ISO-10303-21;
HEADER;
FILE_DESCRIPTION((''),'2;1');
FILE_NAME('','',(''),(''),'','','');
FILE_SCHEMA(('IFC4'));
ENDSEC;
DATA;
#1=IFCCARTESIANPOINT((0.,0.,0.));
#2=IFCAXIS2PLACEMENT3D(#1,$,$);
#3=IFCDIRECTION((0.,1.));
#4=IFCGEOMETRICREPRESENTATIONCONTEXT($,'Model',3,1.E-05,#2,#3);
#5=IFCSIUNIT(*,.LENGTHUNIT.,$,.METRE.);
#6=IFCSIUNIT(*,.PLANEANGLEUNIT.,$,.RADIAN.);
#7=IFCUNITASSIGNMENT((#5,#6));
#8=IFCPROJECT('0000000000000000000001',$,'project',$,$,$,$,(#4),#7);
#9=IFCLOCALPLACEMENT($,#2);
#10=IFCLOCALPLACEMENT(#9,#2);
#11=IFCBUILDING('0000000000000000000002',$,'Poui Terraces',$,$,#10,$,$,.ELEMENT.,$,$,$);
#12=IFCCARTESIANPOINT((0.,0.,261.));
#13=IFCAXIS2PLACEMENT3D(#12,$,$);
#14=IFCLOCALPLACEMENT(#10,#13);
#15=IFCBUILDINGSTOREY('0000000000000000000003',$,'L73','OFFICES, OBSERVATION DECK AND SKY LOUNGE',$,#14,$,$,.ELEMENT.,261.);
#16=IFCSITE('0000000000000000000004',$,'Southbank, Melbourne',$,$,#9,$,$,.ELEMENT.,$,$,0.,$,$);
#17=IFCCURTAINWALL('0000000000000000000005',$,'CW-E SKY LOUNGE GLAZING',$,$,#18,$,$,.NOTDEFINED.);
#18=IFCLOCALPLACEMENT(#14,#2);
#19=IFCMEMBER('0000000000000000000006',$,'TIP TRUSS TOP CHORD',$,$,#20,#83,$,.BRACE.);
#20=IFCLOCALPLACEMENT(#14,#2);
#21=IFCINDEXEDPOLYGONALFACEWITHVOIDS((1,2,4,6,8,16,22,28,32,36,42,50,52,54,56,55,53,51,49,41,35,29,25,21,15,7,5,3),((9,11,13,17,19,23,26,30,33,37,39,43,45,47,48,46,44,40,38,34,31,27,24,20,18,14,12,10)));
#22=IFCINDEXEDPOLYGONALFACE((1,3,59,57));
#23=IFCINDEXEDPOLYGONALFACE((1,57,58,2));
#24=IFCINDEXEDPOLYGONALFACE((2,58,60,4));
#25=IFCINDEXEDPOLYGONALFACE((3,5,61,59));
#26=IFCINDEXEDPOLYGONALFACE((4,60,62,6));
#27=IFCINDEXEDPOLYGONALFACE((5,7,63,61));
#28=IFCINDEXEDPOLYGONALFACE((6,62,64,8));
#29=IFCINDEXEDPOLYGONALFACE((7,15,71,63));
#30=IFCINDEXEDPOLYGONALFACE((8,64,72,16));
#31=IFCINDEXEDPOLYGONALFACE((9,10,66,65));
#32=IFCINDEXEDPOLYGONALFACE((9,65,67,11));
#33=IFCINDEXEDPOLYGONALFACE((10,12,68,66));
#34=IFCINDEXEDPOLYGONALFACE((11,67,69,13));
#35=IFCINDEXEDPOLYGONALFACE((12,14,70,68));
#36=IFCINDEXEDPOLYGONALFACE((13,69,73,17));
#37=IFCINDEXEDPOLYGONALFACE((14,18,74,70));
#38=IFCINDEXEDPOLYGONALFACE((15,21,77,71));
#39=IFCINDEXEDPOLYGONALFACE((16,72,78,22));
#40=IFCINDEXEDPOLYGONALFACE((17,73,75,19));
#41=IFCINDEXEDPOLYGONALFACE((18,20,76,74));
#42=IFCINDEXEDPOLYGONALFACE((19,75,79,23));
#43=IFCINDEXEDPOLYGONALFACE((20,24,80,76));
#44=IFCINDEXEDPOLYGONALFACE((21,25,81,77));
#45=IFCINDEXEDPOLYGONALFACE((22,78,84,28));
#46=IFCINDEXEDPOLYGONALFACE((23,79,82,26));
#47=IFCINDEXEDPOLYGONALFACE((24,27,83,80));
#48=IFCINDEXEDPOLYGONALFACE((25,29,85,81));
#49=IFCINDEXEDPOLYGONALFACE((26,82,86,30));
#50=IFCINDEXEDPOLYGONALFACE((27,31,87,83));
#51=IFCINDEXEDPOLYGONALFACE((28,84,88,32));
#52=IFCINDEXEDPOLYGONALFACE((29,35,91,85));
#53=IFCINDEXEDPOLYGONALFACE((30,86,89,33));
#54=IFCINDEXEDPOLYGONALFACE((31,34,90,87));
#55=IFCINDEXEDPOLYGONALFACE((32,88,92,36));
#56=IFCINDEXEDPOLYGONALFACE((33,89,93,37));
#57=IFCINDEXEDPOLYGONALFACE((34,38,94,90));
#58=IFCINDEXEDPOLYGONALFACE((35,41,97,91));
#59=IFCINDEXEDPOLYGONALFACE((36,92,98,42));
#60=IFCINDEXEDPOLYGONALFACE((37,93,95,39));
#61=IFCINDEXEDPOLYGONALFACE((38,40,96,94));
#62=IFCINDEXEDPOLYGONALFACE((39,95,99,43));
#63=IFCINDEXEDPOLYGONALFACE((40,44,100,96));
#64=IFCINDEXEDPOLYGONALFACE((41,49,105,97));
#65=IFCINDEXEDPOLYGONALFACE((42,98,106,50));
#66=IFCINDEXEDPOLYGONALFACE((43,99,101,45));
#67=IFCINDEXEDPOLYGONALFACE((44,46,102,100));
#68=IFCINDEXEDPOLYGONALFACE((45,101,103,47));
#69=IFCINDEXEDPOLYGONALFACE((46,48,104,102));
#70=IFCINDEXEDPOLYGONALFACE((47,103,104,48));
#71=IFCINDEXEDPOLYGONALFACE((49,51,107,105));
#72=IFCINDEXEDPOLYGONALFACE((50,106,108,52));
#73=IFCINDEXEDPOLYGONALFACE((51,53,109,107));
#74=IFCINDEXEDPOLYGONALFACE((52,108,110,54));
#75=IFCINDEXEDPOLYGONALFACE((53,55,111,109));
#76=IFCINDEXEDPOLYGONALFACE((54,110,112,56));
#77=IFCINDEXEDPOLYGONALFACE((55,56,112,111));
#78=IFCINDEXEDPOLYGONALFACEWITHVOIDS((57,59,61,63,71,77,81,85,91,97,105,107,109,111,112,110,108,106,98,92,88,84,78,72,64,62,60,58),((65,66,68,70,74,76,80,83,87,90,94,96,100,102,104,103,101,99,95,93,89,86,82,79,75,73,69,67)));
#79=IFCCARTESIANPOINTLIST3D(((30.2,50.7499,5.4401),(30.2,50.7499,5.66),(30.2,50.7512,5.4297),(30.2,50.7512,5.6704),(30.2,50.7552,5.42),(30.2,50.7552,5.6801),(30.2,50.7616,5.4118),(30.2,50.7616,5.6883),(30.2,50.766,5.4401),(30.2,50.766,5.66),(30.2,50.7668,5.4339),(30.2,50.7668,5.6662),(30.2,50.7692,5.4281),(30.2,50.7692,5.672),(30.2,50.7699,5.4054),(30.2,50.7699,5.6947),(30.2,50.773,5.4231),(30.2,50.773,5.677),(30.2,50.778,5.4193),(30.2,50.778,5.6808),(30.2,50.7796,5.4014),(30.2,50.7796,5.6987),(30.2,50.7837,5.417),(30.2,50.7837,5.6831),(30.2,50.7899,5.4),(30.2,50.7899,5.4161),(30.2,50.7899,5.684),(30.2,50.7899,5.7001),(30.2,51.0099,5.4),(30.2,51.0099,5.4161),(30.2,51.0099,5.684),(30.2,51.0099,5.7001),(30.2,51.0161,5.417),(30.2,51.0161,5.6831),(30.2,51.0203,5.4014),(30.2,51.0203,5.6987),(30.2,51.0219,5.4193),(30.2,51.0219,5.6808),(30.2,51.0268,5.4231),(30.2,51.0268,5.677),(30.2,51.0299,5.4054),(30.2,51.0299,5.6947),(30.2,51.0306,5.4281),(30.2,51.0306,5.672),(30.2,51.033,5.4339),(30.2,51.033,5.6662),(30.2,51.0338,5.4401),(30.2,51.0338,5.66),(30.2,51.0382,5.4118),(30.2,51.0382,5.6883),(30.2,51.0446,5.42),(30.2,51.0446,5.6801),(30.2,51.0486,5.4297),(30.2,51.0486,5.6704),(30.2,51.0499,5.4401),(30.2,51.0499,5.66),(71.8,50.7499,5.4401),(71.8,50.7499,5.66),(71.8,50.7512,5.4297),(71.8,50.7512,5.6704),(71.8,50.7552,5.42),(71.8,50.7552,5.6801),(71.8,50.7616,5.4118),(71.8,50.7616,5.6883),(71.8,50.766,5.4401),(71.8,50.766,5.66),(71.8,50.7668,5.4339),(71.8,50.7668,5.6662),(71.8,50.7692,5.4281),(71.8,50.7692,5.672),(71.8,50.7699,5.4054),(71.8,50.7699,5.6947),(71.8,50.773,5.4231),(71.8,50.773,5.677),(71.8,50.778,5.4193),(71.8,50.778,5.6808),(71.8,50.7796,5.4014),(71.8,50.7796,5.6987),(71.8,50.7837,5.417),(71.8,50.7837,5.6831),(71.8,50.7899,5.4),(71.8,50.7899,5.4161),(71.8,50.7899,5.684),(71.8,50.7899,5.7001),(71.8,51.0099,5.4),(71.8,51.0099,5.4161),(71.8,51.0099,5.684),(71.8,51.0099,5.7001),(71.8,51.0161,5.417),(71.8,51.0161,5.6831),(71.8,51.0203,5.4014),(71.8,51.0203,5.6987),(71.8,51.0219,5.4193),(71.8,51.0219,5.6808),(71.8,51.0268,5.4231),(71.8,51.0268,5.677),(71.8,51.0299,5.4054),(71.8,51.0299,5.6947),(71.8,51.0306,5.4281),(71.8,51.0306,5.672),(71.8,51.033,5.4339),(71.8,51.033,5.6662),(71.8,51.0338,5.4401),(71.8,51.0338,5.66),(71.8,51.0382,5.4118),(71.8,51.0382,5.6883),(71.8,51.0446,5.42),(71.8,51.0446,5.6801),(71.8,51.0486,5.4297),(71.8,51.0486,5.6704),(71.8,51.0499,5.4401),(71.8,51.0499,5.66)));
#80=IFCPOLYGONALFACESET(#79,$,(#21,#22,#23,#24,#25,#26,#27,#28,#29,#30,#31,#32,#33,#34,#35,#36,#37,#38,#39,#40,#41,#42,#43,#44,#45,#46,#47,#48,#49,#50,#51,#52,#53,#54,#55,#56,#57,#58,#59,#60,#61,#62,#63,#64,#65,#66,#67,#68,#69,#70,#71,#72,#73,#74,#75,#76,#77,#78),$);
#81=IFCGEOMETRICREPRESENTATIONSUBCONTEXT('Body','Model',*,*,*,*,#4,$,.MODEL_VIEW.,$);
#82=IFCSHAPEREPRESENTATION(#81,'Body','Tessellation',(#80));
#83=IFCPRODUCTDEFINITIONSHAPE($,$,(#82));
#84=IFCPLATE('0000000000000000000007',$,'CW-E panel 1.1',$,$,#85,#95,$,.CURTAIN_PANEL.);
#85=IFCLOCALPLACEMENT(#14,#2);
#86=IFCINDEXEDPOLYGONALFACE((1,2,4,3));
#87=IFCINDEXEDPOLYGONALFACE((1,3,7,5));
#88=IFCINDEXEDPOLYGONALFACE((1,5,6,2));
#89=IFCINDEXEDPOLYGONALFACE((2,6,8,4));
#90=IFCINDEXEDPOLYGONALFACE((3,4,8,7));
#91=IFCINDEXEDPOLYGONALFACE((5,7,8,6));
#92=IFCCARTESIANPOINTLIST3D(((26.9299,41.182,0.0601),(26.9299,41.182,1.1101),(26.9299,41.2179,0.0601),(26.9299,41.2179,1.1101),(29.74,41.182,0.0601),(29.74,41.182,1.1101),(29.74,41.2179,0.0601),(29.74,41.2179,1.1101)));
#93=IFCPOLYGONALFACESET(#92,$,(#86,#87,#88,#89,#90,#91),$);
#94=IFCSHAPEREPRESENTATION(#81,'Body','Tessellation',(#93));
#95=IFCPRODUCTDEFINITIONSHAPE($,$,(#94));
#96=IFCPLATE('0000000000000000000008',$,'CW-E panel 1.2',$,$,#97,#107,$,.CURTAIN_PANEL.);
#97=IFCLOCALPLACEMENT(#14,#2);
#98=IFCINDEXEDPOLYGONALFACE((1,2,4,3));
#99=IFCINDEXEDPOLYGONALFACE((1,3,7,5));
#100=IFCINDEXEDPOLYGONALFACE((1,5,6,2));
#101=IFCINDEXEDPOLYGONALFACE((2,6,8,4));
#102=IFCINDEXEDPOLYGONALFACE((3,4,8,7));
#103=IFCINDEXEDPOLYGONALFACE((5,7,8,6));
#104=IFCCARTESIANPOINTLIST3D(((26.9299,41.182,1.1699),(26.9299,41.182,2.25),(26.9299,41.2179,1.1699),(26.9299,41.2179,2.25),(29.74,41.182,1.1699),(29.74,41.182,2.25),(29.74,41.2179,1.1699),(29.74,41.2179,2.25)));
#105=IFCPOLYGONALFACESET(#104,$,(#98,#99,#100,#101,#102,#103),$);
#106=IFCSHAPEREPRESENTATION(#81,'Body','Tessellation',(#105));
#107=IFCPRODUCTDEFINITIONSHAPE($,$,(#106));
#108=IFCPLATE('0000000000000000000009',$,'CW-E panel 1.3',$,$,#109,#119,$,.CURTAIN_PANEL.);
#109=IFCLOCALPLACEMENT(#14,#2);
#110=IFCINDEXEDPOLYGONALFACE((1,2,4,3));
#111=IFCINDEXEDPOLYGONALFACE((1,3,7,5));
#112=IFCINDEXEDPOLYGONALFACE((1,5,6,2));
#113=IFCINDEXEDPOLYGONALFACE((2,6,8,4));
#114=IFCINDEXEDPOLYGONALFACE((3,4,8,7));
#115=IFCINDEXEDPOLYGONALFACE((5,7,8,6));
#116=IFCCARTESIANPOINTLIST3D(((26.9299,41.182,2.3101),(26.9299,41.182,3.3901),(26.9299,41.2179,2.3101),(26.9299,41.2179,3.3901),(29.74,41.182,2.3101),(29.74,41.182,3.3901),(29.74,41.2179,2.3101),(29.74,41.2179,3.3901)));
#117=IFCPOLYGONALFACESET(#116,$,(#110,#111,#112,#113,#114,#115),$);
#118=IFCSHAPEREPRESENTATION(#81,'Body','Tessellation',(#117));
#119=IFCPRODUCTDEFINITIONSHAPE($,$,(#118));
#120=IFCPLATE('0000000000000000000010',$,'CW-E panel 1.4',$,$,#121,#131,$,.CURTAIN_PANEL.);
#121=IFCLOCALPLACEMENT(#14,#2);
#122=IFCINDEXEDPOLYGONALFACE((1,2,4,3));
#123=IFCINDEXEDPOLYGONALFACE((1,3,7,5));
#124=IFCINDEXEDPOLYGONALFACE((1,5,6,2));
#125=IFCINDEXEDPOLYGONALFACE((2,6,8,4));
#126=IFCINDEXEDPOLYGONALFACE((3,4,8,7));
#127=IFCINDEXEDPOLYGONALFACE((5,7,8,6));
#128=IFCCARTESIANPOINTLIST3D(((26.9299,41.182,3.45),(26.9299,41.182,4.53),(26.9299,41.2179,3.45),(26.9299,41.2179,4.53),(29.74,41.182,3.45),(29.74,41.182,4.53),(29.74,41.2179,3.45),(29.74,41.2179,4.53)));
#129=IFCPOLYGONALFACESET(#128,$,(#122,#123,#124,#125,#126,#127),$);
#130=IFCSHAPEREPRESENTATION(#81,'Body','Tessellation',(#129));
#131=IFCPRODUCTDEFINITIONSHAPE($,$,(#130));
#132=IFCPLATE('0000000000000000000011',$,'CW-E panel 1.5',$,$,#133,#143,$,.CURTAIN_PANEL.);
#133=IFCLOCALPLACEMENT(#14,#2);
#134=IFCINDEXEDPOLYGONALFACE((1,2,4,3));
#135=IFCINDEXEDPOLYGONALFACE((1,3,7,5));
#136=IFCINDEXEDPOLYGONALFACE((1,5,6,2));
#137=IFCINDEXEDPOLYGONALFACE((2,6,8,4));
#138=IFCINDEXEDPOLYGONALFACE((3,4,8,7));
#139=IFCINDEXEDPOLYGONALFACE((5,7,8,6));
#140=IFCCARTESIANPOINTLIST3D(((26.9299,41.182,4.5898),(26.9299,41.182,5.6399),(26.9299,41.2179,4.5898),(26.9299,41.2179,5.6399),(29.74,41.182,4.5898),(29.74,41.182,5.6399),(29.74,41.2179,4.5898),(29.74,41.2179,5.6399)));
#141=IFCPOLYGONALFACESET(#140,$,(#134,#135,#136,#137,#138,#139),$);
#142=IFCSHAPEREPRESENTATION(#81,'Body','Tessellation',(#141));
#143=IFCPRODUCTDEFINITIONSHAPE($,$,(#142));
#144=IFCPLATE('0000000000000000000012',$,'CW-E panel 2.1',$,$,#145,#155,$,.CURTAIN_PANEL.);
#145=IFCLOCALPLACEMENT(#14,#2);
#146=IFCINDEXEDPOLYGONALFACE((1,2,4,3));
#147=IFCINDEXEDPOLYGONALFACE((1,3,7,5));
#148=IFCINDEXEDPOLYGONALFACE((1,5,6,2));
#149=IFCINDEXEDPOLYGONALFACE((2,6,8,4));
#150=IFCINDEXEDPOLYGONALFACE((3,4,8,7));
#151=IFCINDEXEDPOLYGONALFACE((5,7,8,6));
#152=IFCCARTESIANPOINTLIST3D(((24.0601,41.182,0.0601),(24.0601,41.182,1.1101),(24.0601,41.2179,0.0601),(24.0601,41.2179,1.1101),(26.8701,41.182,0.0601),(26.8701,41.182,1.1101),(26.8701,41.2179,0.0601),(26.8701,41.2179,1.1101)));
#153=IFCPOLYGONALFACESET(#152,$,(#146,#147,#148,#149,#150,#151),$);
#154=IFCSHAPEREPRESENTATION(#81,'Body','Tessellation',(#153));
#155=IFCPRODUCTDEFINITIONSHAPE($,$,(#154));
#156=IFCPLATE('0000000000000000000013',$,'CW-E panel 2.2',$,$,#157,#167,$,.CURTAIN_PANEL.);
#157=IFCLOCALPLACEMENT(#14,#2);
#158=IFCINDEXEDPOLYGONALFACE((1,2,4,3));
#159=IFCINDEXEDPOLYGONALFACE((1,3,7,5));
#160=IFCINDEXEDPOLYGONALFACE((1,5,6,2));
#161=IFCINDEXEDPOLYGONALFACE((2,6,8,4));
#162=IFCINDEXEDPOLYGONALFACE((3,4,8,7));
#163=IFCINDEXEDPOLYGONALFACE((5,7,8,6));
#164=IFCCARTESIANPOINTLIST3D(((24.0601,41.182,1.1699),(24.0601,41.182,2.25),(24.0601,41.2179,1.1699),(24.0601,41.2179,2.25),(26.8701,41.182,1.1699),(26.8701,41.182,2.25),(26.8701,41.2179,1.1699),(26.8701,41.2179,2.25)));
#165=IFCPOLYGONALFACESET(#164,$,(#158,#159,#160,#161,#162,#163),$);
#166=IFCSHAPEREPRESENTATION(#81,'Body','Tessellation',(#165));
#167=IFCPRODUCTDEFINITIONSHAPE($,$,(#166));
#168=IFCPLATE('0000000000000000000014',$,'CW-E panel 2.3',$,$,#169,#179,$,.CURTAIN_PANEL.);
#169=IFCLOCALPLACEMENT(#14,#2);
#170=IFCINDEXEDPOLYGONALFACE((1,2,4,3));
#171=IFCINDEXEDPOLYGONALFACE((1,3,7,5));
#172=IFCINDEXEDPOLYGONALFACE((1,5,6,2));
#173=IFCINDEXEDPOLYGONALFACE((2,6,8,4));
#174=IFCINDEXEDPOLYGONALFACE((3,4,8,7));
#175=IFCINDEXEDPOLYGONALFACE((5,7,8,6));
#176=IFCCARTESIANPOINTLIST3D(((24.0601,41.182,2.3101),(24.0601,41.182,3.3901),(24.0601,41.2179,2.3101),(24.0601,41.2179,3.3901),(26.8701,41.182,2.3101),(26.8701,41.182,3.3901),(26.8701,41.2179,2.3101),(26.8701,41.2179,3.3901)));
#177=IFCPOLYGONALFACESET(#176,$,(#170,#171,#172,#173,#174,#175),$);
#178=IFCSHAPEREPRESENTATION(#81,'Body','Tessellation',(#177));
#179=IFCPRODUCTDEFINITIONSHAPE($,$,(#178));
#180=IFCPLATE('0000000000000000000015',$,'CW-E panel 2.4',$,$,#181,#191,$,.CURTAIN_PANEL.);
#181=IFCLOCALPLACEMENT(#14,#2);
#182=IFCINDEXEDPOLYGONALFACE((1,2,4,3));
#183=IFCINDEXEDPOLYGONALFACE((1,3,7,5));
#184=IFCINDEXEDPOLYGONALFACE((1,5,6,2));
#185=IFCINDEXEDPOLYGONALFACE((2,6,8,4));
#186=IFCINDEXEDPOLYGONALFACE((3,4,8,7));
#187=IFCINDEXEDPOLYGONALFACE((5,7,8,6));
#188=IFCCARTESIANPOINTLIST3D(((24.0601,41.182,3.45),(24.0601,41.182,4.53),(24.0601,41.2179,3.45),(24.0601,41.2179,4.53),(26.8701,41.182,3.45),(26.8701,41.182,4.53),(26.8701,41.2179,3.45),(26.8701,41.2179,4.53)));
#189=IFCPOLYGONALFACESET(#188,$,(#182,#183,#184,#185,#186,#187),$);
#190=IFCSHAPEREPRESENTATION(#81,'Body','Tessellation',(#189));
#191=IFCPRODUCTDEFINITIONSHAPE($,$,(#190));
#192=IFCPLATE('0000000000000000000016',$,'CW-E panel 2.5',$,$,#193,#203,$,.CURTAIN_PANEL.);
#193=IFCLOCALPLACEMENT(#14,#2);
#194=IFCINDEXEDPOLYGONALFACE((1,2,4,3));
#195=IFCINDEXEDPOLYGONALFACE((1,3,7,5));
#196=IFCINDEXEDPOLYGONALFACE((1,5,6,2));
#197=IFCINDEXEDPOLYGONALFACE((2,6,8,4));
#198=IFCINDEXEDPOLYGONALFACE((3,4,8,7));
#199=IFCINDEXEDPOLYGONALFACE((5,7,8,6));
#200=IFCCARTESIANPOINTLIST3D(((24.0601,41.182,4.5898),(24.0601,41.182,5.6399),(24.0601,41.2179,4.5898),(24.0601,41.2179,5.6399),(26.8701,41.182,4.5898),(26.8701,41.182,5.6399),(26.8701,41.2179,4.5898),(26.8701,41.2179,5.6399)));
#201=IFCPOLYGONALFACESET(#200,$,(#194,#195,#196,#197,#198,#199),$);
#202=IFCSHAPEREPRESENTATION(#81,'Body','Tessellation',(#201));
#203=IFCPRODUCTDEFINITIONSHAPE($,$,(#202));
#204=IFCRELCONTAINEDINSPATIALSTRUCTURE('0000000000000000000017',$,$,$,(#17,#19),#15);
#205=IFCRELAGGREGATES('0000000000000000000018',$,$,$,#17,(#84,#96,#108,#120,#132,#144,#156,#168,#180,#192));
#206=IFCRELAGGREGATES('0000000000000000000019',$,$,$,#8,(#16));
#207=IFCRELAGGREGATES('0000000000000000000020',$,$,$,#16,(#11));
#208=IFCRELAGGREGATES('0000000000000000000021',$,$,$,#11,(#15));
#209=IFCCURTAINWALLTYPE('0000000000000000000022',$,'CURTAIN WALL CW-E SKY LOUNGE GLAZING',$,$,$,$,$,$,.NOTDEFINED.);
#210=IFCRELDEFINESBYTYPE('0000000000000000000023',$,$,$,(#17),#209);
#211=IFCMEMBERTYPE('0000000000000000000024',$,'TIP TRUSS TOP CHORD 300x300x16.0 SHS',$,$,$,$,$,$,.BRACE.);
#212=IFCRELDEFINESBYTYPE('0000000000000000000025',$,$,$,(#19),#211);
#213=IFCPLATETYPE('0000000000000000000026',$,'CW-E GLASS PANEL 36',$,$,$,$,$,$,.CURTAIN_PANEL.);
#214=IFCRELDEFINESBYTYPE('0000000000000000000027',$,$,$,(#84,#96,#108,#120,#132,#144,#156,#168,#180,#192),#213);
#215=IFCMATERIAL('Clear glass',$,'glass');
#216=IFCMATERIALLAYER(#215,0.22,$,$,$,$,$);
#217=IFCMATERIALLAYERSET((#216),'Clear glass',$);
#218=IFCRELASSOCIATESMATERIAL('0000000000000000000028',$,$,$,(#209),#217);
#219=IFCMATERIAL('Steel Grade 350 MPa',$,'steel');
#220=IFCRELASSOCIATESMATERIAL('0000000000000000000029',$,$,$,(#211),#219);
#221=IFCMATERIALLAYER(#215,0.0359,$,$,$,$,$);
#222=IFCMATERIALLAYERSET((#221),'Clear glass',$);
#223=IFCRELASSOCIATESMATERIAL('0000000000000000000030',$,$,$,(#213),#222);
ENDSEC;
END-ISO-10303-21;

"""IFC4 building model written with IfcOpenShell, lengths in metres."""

from ifc_helpers import new_model, si_unit, direction, frame, origin, origin_2d, place, context, subcontext, project, spatial, rectangle, hollow_rectangle, extrude, material, layer, layer_set, material_profile, profile_set, type_object, element, aggregate, save


model = new_model("IFC4")

# Units and contexts
model_context = context("Model", 3, precision=1e-05, world=origin(), true_north=direction((0.0, 1.0)))
body_context = subcontext(model_context, "Body", "Model", "MODEL_VIEW")
ifc_project = project(units=[si_unit("LENGTHUNIT", "METRE"), si_unit("PLANEANGLEUNIT", "RADIAN")], contexts=[model_context])

# Site, building, storey
site_placement = place(None, origin())
site = spatial("IfcSite", under=ifc_project, at=site_placement, Name="Southbank, Melbourne", CompositionType="ELEMENT", RefElevation=0.0)
building_placement = place(site_placement, origin())
building = spatial("IfcBuilding", under=site, at=building_placement, Name="Poui Terraces", CompositionType="ELEMENT")
storey_placement = place(building_placement, frame((0.0, 0.0, 261.0)))
storey = spatial("IfcBuildingStorey", under=building, at=storey_placement, Name="L73", Description="OFFICES, OBSERVATION DECK AND SKY LOUNGE", CompositionType="ELEMENT", Elevation=261.0)

# Curtain wall
ifc_material_1 = material(Name="Clear glass", Category="glass")
ifc_layer_1 = layer(ifc_material_1, 0.22)
ifc_layer_set_1 = layer_set([ifc_layer_1], Name="Clear glass")
curtain_wall_type = type_object("IfcCurtainWallType", Name="CURTAIN WALL CW-E SKY LOUNGE GLAZING", PredefinedType="NOTDEFINED", material=ifc_layer_set_1)
curtain_wall_placement = place(storey_placement, origin())
curtain_wall = element("IfcCurtainWall", 1, at=curtain_wall_placement, inside=storey, type_object=curtain_wall_type, Name="CW-E SKY LOUNGE GLAZING", PredefinedType="NOTDEFINED")

# Member
ifc_material_2 = material(Name="Steel Grade 350 MPa", Category="steel")
ifc_material_profile_1 = material_profile(ifc_material_2, hollow_rectangle(XDim=0.3, YDim=0.3, WallThickness=0.0161, InnerFilletRadius=0.0239, OuterFilletRadius=0.04, at=origin_2d()), Name="300x300x16.0 SHS")
ifc_profile_set_1 = profile_set([ifc_material_profile_1], Name="Steel Grade 350 MPa")
member_type_1 = type_object("IfcMemberType", Name="TIP TRUSS TOP CHORD 300x300x16.0 SHS", PredefinedType="BRACE", material=ifc_profile_set_1)
member_1_placement = place(storey_placement, frame((30.2, 50.8999, 5.55), z_axis=(1.0, 0.0, 0.0), x_axis=(0.0, 1.0, 0.0)))
element("IfcMember", 2, at=member_1_placement, inside=storey, type_object=member_type_1, Name="TIP TRUSS TOP CHORD", PredefinedType="BRACE", context=body_context, shape_type="SweptSolid", body=[
    extrude(hollow_rectangle(XDim=0.3, YDim=0.3, WallThickness=0.0161, InnerFilletRadius=0.0239, OuterFilletRadius=0.04, at=origin_2d()), origin(), (0.0, 0.0, 1.0), 41.6001),
])

# Plates
ifc_layer_2 = layer(ifc_material_1, 0.0359)
ifc_layer_set_2 = layer_set([ifc_layer_2], Name="Clear glass")
plate_type_1 = type_object("IfcPlateType", Name="CW-E GLASS PANEL 36", PredefinedType="CURTAIN_PANEL", material=ifc_layer_set_2)
plate_1_placement = place(storey_placement, frame((28.335, 41.2, 0.0601), z_axis=(0.0, 0.0, 1.0), x_axis=(-1.0, 0.0, 0.0)))
plate_1 = element("IfcPlate", 3, at=plate_1_placement, type_object=plate_type_1, Name="CW-E panel 1.1", PredefinedType="CURTAIN_PANEL", context=body_context, shape_type="SweptSolid", body=[
    extrude(rectangle(XDim=2.8101, YDim=0.0359, at=origin_2d()), origin(), (0.0, 0.0, 1.0), 1.05),
])
plate_2_placement = place(storey_placement, frame((28.335, 41.2, 1.1699), z_axis=(0.0, 0.0, 1.0), x_axis=(-1.0, 0.0, 0.0)))
plate_2 = element("IfcPlate", 4, at=plate_2_placement, type_object=plate_type_1, Name="CW-E panel 1.2", PredefinedType="CURTAIN_PANEL", context=body_context, shape_type="SweptSolid", body=[
    extrude(rectangle(XDim=2.8101, YDim=0.0359, at=origin_2d()), origin(), (0.0, 0.0, 1.0), 1.0801),
])
plate_3_placement = place(storey_placement, frame((28.335, 41.2, 2.3101), z_axis=(0.0, 0.0, 1.0), x_axis=(-1.0, 0.0, 0.0)))
plate_3 = element("IfcPlate", 5, at=plate_3_placement, type_object=plate_type_1, Name="CW-E panel 1.3", PredefinedType="CURTAIN_PANEL", context=body_context, shape_type="SweptSolid", body=[
    extrude(rectangle(XDim=2.8101, YDim=0.0359, at=origin_2d()), origin(), (0.0, 0.0, 1.0), 1.0801),
])
plate_4_placement = place(storey_placement, frame((28.335, 41.2, 3.45), z_axis=(0.0, 0.0, 1.0), x_axis=(-1.0, 0.0, 0.0)))
plate_4 = element("IfcPlate", 6, at=plate_4_placement, type_object=plate_type_1, Name="CW-E panel 1.4", PredefinedType="CURTAIN_PANEL", context=body_context, shape_type="SweptSolid", body=[
    extrude(rectangle(XDim=2.8101, YDim=0.0359, at=origin_2d()), origin(), (0.0, 0.0, 1.0), 1.0801),
])
plate_5_placement = place(storey_placement, frame((28.335, 41.2, 4.5898), z_axis=(0.0, 0.0, 1.0), x_axis=(-1.0, 0.0, 0.0)))
plate_5 = element("IfcPlate", 7, at=plate_5_placement, type_object=plate_type_1, Name="CW-E panel 1.5", PredefinedType="CURTAIN_PANEL", context=body_context, shape_type="SweptSolid", body=[
    extrude(rectangle(XDim=2.8101, YDim=0.0359, at=origin_2d()), origin(), (0.0, 0.0, 1.0), 1.05),
])
plate_6_placement = place(storey_placement, frame((25.4651, 41.2, 0.0601), z_axis=(0.0, 0.0, 1.0), x_axis=(-1.0, 0.0, 0.0)))
plate_6 = element("IfcPlate", 8, at=plate_6_placement, type_object=plate_type_1, Name="CW-E panel 2.1", PredefinedType="CURTAIN_PANEL", context=body_context, shape_type="SweptSolid", body=[
    extrude(rectangle(XDim=2.8101, YDim=0.0359, at=origin_2d()), origin(), (0.0, 0.0, 1.0), 1.05),
])
plate_7_placement = place(storey_placement, frame((25.4651, 41.2, 1.1699), z_axis=(0.0, 0.0, 1.0), x_axis=(-1.0, 0.0, 0.0)))
plate_7 = element("IfcPlate", 9, at=plate_7_placement, type_object=plate_type_1, Name="CW-E panel 2.2", PredefinedType="CURTAIN_PANEL", context=body_context, shape_type="SweptSolid", body=[
    extrude(rectangle(XDim=2.8101, YDim=0.0359, at=origin_2d()), origin(), (0.0, 0.0, 1.0), 1.0801),
])
plate_8_placement = place(storey_placement, frame((25.4651, 41.2, 2.3101), z_axis=(0.0, 0.0, 1.0), x_axis=(-1.0, 0.0, 0.0)))
plate_8 = element("IfcPlate", 10, at=plate_8_placement, type_object=plate_type_1, Name="CW-E panel 2.3", PredefinedType="CURTAIN_PANEL", context=body_context, shape_type="SweptSolid", body=[
    extrude(rectangle(XDim=2.8101, YDim=0.0359, at=origin_2d()), origin(), (0.0, 0.0, 1.0), 1.0801),
])
plate_9_placement = place(storey_placement, frame((25.4651, 41.2, 3.45), z_axis=(0.0, 0.0, 1.0), x_axis=(-1.0, 0.0, 0.0)))
plate_9 = element("IfcPlate", 11, at=plate_9_placement, type_object=plate_type_1, Name="CW-E panel 2.4", PredefinedType="CURTAIN_PANEL", context=body_context, shape_type="SweptSolid", body=[
    extrude(rectangle(XDim=2.8101, YDim=0.0359, at=origin_2d()), origin(), (0.0, 0.0, 1.0), 1.0801),
])
plate_10_placement = place(storey_placement, frame((25.4651, 41.2, 4.5898), z_axis=(0.0, 0.0, 1.0), x_axis=(-1.0, 0.0, 0.0)))
plate_10 = element("IfcPlate", 12, at=plate_10_placement, type_object=plate_type_1, Name="CW-E panel 2.5", PredefinedType="CURTAIN_PANEL", context=body_context, shape_type="SweptSolid", body=[
    extrude(rectangle(XDim=2.8101, YDim=0.0359, at=origin_2d()), origin(), (0.0, 0.0, 1.0), 1.05),
])
aggregate(curtain_wall, [plate_1, plate_2, plate_3, plate_4, plate_5, plate_6, plate_7, plate_8, plate_9, plate_10])

save(model, "model.ifc")
